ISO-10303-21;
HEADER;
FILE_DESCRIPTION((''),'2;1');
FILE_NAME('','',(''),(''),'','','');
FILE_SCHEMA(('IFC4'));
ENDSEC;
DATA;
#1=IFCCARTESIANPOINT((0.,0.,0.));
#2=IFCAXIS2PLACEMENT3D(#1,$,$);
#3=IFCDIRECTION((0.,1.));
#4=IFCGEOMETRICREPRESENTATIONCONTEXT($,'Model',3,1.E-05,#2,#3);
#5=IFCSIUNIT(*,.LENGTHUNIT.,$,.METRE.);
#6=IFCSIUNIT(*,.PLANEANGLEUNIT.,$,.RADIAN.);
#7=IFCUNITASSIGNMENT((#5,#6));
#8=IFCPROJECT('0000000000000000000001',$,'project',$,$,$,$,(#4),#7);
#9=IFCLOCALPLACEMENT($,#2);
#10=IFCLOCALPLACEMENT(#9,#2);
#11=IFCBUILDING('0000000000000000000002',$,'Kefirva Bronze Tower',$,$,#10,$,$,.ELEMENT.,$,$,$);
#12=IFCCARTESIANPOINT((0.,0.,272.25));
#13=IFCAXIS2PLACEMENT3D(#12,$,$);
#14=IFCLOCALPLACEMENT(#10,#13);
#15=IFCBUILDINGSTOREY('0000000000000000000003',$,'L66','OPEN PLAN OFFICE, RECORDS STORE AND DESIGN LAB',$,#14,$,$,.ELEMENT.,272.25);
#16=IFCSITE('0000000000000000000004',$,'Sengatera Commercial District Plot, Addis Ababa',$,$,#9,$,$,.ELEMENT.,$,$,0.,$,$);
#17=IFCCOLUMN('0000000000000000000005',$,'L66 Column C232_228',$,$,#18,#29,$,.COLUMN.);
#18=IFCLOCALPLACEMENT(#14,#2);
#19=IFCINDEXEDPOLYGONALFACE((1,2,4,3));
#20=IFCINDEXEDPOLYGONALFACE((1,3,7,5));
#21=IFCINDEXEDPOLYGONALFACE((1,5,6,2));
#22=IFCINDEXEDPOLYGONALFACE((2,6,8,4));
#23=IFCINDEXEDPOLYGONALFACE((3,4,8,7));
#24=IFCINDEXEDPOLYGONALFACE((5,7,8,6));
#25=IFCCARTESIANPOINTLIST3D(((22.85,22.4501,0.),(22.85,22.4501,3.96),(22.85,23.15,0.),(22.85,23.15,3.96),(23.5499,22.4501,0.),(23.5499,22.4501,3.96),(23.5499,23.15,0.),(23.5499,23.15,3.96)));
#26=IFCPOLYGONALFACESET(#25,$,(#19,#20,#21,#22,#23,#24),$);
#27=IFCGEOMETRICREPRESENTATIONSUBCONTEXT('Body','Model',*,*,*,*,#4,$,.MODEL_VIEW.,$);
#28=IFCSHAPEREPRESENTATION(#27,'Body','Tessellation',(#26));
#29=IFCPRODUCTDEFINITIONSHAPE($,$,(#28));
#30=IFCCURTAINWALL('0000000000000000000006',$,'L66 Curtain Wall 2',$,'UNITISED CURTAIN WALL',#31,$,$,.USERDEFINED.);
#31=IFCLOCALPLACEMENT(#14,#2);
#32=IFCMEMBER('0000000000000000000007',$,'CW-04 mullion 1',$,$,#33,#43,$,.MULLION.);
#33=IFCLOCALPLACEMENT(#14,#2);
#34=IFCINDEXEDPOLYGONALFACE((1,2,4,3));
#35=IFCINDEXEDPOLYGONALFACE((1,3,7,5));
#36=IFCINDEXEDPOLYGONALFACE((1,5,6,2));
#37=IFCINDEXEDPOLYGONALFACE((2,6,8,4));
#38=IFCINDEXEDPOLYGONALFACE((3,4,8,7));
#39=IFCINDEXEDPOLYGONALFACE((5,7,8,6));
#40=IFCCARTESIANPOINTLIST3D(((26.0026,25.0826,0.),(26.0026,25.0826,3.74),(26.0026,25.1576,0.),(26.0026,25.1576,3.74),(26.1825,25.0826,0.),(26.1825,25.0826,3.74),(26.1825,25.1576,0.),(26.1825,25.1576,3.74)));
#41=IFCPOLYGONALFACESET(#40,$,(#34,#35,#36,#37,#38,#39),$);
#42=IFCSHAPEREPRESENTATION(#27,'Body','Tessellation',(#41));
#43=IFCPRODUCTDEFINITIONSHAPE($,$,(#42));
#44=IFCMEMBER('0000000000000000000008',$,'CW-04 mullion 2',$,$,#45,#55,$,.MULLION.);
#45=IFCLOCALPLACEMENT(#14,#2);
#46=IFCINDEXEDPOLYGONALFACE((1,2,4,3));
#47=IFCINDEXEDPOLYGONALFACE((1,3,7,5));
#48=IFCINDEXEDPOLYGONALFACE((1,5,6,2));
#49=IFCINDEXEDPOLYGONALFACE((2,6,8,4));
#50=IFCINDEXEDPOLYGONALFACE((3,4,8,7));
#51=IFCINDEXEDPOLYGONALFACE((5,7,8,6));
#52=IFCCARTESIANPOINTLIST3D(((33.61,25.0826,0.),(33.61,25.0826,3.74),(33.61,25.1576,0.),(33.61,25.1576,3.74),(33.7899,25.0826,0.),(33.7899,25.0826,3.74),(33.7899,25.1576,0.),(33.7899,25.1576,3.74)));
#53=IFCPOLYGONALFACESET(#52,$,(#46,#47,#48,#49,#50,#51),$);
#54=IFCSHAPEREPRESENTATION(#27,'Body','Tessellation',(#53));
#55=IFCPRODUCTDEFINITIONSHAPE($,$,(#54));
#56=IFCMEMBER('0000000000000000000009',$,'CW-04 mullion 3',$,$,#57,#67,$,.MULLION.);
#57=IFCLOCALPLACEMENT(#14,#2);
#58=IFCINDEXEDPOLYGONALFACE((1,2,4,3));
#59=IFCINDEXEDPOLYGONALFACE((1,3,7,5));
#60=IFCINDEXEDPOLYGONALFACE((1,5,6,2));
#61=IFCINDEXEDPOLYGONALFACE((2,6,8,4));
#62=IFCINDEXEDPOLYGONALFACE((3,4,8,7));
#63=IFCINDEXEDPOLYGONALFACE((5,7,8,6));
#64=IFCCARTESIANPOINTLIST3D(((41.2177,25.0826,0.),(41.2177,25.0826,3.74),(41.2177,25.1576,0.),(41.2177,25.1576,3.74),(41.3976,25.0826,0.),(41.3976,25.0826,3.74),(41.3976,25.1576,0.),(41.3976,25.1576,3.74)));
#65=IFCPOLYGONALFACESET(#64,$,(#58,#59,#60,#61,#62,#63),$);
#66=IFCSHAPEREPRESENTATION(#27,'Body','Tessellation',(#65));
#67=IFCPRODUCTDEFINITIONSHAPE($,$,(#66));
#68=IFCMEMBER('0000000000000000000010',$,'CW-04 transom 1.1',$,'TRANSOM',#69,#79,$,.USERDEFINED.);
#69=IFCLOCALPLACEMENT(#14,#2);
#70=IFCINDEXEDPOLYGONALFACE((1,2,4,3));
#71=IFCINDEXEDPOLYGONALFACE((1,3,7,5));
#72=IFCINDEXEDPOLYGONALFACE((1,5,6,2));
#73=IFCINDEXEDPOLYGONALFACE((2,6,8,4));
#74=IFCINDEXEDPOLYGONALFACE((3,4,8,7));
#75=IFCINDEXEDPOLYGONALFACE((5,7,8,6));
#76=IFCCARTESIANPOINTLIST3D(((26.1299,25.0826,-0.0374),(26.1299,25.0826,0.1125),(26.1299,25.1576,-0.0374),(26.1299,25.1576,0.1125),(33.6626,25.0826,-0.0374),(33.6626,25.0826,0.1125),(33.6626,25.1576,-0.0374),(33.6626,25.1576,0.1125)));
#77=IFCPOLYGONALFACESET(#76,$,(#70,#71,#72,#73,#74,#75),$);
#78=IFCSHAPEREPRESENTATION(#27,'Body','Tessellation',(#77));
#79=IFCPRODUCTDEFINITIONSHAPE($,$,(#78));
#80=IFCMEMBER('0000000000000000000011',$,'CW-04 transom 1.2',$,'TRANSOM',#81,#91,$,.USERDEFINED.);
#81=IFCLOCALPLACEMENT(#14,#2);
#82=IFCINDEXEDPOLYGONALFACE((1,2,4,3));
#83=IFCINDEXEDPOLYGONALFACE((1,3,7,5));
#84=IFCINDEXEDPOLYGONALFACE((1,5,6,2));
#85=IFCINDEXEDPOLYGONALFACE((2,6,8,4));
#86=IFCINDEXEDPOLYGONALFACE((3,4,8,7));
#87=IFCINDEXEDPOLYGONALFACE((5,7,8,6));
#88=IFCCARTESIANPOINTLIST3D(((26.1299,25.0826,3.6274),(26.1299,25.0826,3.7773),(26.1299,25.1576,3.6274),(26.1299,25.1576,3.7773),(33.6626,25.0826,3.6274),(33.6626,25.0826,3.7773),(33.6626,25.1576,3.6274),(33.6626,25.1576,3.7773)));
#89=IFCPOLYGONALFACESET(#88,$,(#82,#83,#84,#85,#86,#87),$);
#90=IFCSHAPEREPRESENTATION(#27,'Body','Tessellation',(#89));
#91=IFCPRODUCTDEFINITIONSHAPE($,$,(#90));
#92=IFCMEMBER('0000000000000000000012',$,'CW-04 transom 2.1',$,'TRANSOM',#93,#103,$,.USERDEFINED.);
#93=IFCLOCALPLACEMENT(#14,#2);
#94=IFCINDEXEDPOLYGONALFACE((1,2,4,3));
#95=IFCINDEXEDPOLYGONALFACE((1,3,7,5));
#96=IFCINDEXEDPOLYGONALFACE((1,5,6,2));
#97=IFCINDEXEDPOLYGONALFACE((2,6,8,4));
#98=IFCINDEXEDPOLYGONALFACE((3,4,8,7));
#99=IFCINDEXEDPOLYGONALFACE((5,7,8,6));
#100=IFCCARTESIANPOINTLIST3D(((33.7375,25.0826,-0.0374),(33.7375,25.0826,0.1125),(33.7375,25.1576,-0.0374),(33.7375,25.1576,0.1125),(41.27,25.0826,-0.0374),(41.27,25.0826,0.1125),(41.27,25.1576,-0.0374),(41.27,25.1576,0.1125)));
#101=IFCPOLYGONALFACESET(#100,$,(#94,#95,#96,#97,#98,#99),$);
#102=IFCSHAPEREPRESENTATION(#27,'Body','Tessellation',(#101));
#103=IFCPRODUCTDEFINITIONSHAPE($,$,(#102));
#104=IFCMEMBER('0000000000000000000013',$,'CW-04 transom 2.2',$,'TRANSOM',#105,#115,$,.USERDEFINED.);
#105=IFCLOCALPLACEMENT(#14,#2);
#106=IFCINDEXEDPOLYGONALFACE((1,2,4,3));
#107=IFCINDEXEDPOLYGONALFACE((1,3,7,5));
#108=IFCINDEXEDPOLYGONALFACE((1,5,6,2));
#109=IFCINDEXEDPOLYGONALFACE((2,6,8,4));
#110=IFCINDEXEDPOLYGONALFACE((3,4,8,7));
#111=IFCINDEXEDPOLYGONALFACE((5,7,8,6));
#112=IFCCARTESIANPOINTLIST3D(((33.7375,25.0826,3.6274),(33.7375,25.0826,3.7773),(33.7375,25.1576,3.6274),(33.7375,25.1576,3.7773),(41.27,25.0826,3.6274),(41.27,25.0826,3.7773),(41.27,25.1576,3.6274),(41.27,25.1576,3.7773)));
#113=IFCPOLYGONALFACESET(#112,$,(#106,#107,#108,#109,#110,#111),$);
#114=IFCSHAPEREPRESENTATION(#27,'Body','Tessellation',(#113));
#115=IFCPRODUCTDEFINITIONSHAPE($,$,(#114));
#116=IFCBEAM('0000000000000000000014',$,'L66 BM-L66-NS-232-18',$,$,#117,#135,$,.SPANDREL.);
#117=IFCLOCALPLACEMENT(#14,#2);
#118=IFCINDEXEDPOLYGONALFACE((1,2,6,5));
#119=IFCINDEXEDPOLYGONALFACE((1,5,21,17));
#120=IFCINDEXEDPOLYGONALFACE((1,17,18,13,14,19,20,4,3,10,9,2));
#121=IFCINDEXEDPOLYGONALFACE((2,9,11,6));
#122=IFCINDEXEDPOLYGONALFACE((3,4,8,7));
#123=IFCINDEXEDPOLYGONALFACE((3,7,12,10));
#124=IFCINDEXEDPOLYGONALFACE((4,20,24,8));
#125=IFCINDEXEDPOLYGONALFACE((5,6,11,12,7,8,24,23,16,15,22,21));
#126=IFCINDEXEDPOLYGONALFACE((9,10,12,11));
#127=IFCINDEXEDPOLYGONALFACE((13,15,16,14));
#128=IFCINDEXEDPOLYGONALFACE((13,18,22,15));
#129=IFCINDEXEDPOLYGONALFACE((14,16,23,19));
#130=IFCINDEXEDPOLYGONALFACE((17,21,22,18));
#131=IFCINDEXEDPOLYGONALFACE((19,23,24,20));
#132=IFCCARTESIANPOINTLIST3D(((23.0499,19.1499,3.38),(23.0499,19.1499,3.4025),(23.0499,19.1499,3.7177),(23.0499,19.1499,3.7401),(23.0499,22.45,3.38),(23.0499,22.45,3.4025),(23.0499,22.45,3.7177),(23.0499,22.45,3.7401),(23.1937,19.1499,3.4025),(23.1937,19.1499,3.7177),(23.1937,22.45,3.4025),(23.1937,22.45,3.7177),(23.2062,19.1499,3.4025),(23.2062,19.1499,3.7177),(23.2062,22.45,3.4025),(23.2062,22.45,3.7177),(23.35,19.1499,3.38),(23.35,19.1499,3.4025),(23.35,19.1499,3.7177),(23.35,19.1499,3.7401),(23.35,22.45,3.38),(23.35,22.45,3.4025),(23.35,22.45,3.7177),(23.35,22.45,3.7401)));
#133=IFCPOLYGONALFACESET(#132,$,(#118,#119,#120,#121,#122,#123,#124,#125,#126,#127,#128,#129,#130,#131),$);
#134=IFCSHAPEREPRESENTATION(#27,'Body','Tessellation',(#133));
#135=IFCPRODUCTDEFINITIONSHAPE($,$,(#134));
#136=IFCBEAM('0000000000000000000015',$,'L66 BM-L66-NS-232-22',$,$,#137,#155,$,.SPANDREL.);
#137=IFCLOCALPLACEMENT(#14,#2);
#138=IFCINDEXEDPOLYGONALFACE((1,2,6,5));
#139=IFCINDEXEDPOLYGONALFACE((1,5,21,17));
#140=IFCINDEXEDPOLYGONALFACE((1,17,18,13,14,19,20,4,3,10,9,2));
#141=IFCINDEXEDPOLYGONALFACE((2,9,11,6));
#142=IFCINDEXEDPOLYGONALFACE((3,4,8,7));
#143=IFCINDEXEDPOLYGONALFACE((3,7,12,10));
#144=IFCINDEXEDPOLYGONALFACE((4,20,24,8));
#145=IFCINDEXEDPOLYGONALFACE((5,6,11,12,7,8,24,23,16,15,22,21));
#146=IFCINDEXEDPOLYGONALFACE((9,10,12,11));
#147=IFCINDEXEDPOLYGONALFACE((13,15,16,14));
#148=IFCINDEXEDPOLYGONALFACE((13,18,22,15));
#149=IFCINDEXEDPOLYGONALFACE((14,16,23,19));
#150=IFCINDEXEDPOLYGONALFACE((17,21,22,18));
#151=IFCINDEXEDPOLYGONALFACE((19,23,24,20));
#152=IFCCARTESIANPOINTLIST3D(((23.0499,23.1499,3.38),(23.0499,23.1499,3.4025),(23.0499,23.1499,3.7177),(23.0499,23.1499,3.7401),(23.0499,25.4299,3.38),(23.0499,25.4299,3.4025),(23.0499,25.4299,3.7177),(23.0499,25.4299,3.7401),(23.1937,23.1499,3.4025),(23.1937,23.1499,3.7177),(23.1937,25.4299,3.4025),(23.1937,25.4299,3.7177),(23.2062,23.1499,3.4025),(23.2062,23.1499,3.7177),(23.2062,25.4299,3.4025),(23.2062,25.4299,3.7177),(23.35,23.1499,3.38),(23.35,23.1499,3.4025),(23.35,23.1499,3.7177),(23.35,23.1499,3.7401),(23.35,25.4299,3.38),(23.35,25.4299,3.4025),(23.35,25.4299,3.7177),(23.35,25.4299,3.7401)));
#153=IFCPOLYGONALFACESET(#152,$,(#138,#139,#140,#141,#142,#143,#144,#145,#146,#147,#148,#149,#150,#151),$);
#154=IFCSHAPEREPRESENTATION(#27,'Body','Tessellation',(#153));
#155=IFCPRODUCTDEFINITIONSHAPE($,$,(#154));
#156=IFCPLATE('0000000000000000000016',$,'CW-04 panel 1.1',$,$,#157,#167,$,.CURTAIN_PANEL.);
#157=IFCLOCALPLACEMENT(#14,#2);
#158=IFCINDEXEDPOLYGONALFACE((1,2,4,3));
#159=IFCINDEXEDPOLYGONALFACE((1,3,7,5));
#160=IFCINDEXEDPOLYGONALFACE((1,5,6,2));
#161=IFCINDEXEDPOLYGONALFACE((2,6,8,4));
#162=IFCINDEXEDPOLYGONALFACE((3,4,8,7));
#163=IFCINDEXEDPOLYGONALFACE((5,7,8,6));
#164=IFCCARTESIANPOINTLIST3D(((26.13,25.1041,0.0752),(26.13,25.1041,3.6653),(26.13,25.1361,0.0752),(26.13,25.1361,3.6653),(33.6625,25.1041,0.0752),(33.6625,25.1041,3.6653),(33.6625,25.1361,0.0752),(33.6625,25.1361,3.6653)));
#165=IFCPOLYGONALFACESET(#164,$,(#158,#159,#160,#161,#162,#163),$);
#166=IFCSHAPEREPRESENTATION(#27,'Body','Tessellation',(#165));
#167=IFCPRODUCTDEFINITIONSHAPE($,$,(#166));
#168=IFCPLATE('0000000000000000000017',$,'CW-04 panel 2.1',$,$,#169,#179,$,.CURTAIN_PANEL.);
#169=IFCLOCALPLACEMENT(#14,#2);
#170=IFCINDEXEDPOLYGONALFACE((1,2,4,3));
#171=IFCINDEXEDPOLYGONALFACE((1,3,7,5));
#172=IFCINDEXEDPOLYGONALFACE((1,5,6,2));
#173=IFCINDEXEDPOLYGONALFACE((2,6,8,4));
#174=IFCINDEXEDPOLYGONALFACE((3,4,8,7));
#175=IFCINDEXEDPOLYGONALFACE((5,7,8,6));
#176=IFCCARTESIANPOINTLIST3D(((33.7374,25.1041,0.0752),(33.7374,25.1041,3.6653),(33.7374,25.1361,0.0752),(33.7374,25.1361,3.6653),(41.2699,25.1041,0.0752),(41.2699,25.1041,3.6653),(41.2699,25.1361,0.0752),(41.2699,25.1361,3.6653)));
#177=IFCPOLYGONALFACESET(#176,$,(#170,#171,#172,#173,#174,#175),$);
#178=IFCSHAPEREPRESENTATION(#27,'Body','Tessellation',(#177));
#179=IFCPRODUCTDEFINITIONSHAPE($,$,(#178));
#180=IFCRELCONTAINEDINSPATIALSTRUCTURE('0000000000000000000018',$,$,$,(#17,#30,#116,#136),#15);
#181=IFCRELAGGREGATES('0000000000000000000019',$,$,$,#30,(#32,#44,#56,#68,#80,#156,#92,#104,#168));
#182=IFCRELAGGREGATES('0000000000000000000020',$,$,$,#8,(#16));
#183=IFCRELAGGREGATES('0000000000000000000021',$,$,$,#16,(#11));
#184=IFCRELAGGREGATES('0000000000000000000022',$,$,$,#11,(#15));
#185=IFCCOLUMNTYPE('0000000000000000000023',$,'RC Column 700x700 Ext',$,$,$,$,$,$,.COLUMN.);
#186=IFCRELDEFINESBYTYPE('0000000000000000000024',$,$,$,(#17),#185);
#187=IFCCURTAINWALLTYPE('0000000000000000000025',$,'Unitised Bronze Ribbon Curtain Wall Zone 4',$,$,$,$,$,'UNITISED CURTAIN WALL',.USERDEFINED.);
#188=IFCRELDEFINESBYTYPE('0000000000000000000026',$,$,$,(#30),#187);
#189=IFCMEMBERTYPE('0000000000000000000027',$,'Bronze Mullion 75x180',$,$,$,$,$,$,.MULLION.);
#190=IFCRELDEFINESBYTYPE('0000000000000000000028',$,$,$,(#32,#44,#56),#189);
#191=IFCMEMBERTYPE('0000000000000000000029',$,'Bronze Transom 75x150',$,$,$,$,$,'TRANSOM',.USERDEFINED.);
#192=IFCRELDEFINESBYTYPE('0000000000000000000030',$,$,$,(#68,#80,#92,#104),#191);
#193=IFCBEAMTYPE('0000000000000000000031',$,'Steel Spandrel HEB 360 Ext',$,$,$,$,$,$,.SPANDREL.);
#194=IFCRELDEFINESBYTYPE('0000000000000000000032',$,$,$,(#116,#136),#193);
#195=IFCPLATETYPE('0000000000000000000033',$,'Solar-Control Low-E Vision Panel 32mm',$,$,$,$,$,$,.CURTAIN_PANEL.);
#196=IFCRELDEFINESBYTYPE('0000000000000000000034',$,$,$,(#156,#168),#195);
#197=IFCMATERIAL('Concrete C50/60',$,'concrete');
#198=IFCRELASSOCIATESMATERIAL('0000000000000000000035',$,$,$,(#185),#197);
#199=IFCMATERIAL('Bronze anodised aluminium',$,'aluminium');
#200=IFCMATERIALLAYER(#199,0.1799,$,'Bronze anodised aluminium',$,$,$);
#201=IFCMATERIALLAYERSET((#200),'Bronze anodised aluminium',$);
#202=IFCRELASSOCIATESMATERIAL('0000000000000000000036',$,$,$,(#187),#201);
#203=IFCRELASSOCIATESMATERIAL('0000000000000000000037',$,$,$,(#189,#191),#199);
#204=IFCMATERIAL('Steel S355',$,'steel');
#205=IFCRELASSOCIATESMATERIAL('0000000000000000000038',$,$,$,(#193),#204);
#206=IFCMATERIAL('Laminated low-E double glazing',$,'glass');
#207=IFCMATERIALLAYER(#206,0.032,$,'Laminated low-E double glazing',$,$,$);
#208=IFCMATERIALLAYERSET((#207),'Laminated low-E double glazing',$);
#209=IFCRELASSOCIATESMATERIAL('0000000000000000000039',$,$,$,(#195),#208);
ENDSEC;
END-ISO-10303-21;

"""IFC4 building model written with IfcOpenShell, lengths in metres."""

from ifc_helpers import new_model, si_unit, direction, frame, origin, origin_2d, place, context, subcontext, project, spatial, rectangle, i_section, extrude, material, layer, layer_set, material_profile, profile_set, type_object, element, aggregate, save


model = new_model("IFC4")

# Units and contexts
model_context = context("Model", 3, precision=1e-05, world=origin(), true_north=direction((0.0, 1.0)))
body_context = subcontext(model_context, "Body", "Model", "MODEL_VIEW")
ifc_project = project(units=[si_unit("LENGTHUNIT", "METRE"), si_unit("PLANEANGLEUNIT", "RADIAN")], contexts=[model_context])

# Site, building, storey
site_placement = place(None, origin())
site = spatial("IfcSite", under=ifc_project, at=site_placement, Name="Sengatera Commercial District Plot, Addis Ababa", CompositionType="ELEMENT", RefElevation=0.0)
building_placement = place(site_placement, origin())
building = spatial("IfcBuilding", under=site, at=building_placement, Name="Kefirva Bronze Tower", CompositionType="ELEMENT")
storey_placement = place(building_placement, frame((0.0, 0.0, 272.25)))
storey = spatial("IfcBuildingStorey", under=building, at=storey_placement, Name="L66", Description="OPEN PLAN OFFICE, RECORDS STORE AND DESIGN LAB", CompositionType="ELEMENT", Elevation=272.25)

# Column
ifc_material_1 = material(Name="Concrete C50/60", Category="concrete")
ifc_material_profile_1 = material_profile(ifc_material_1, rectangle(XDim=0.7, YDim=0.7, at=origin_2d()), Name="RC 700x700")
ifc_profile_set_1 = profile_set([ifc_material_profile_1], Name="Concrete C50/60")
column_type = type_object("IfcColumnType", Name="RC Column 700x700 Ext", PredefinedType="COLUMN", material=ifc_profile_set_1)
column_placement = place(storey_placement, frame((23.2, 22.8, 0.0), z_axis=(0.0, 0.0, 1.0), x_axis=(1.0, 0.0, 0.0)))
element("IfcColumn", 1, at=column_placement, inside=storey, type_object=column_type, Name="L66 Column C232_228", PredefinedType="COLUMN", context=body_context, shape_type="SweptSolid", body=[
    extrude(rectangle(XDim=0.7, YDim=0.7, at=origin_2d()), origin(), (0.0, 0.0, 1.0), 3.96),
])

# Curtain wall, members
ifc_material_2 = material(Name="Bronze anodised aluminium", Category="aluminium")
ifc_layer_1 = layer(ifc_material_2, 0.1799, Name="Bronze anodised aluminium")
ifc_layer_set_1 = layer_set([ifc_layer_1], Name="Bronze anodised aluminium")
curtain_wall_type = type_object("IfcCurtainWallType", Name="Unitised Bronze Ribbon Curtain Wall Zone 4", ElementType="UNITISED CURTAIN WALL", PredefinedType="USERDEFINED", material=ifc_layer_set_1)
curtain_wall_placement = place(storey_placement, origin())
curtain_wall = element("IfcCurtainWall", 2, at=curtain_wall_placement, inside=storey, type_object=curtain_wall_type, Name="L66 Curtain Wall 2", ObjectType="UNITISED CURTAIN WALL", PredefinedType="USERDEFINED")
ifc_material_profile_2 = material_profile(ifc_material_2, rectangle(XDim=0.075, YDim=0.1799, at=origin_2d()), Name="ALU 75x180")
ifc_profile_set_2 = profile_set([ifc_material_profile_2], Name="Bronze anodised aluminium")
member_type_1 = type_object("IfcMemberType", Name="Bronze Mullion 75x180", PredefinedType="MULLION", material=ifc_profile_set_2)
member_1_placement = place(storey_placement, frame((26.0925, 25.1201, 0.0), z_axis=(0.0, 0.0, 1.0), x_axis=(0.0, 1.0, 0.0)))
member_1 = element("IfcMember", 3, at=member_1_placement, type_object=member_type_1, Name="CW-04 mullion 1", PredefinedType="MULLION", context=body_context, shape_type="SweptSolid", body=[
    extrude(rectangle(XDim=0.075, YDim=0.1799, at=origin_2d()), origin(), (0.0, 0.0, 1.0), 3.74),
])
member_2_placement = place(storey_placement, frame((33.7, 25.1201, 0.0), z_axis=(0.0, 0.0, 1.0), x_axis=(0.0, 1.0, 0.0)))
member_2 = element("IfcMember", 4, at=member_2_placement, type_object=member_type_1, Name="CW-04 mullion 2", PredefinedType="MULLION", context=body_context, shape_type="SweptSolid", body=[
    extrude(rectangle(XDim=0.075, YDim=0.1799, at=origin_2d()), origin(), (0.0, 0.0, 1.0), 3.74),
])
member_3_placement = place(storey_placement, frame((41.3076, 25.1201, 0.0), z_axis=(0.0, 0.0, 1.0), x_axis=(0.0, 1.0, 0.0)))
member_3 = element("IfcMember", 5, at=member_3_placement, type_object=member_type_1, Name="CW-04 mullion 3", PredefinedType="MULLION", context=body_context, shape_type="SweptSolid", body=[
    extrude(rectangle(XDim=0.075, YDim=0.1799, at=origin_2d()), origin(), (0.0, 0.0, 1.0), 3.74),
])
ifc_material_profile_3 = material_profile(ifc_material_2, rectangle(XDim=0.075, YDim=0.1499, at=origin_2d()), Name="ALU 75x150")
ifc_profile_set_3 = profile_set([ifc_material_profile_3], Name="Bronze anodised aluminium")
member_type_2 = type_object("IfcMemberType", Name="Bronze Transom 75x150", ElementType="TRANSOM", PredefinedType="USERDEFINED", material=ifc_profile_set_3)
member_4_placement = place(storey_placement, frame((26.1299, 25.1201, 0.0376), z_axis=(1.0, 0.0, 0.0), x_axis=(0.0, 1.0, 0.0)))
member_4 = element("IfcMember", 6, at=member_4_placement, type_object=member_type_2, Name="CW-04 transom 1.1", ObjectType="TRANSOM", PredefinedType="USERDEFINED", context=body_context, shape_type="SweptSolid", body=[
    extrude(rectangle(XDim=0.075, YDim=0.1499, at=origin_2d()), origin(), (0.0, 0.0, 1.0), 7.5327),
])
member_5_placement = place(storey_placement, frame((26.1299, 25.1201, 3.7024), z_axis=(1.0, 0.0, 0.0), x_axis=(0.0, 1.0, 0.0)))
member_5 = element("IfcMember", 7, at=member_5_placement, type_object=member_type_2, Name="CW-04 transom 1.2", ObjectType="TRANSOM", PredefinedType="USERDEFINED", context=body_context, shape_type="SweptSolid", body=[
    extrude(rectangle(XDim=0.075, YDim=0.1499, at=origin_2d()), origin(), (0.0, 0.0, 1.0), 7.5327),
])
member_6_placement = place(storey_placement, frame((33.7375, 25.1201, 0.0376), z_axis=(1.0, 0.0, 0.0), x_axis=(0.0, 1.0, 0.0)))
member_6 = element("IfcMember", 8, at=member_6_placement, type_object=member_type_2, Name="CW-04 transom 2.1", ObjectType="TRANSOM", PredefinedType="USERDEFINED", context=body_context, shape_type="SweptSolid", body=[
    extrude(rectangle(XDim=0.075, YDim=0.1499, at=origin_2d()), origin(), (0.0, 0.0, 1.0), 7.5325),
])
member_7_placement = place(storey_placement, frame((33.7375, 25.1201, 3.7024), z_axis=(1.0, 0.0, 0.0), x_axis=(0.0, 1.0, 0.0)))
member_7 = element("IfcMember", 9, at=member_7_placement, type_object=member_type_2, Name="CW-04 transom 2.2", ObjectType="TRANSOM", PredefinedType="USERDEFINED", context=body_context, shape_type="SweptSolid", body=[
    extrude(rectangle(XDim=0.075, YDim=0.1499, at=origin_2d()), origin(), (0.0, 0.0, 1.0), 7.5325),
])

# Beams
ifc_material_3 = material(Name="Steel S355", Category="steel")
ifc_material_profile_4 = material_profile(ifc_material_3, i_section(OverallWidth=0.3, OverallDepth=0.3601, WebThickness=0.0125, FlangeThickness=0.0225, at=origin_2d()), Name="HEB 360")
ifc_profile_set_4 = profile_set([ifc_material_profile_4], Name="Steel S355")
beam_type = type_object("IfcBeamType", Name="Steel Spandrel HEB 360 Ext", PredefinedType="SPANDREL", material=ifc_profile_set_4)
beam_1_placement = place(storey_placement, frame((23.2, 19.1499, 3.5601), z_axis=(0.0, 1.0, 0.0), x_axis=(-1.0, 0.0, 0.0)))
element("IfcBeam", 10, at=beam_1_placement, inside=storey, type_object=beam_type, Name="L66 BM-L66-NS-232-18", PredefinedType="SPANDREL", context=body_context, shape_type="SweptSolid", body=[
    extrude(i_section(OverallWidth=0.3, OverallDepth=0.3601, WebThickness=0.0125, FlangeThickness=0.0225, at=origin_2d()), origin(), (0.0, 0.0, 1.0), 3.3),
])
beam_2_placement = place(storey_placement, frame((23.2, 23.1499, 3.5601), z_axis=(0.0, 1.0, 0.0), x_axis=(-1.0, 0.0, 0.0)))
element("IfcBeam", 11, at=beam_2_placement, inside=storey, type_object=beam_type, Name="L66 BM-L66-NS-232-22", PredefinedType="SPANDREL", context=body_context, shape_type="SweptSolid", body=[
    extrude(i_section(OverallWidth=0.3, OverallDepth=0.3601, WebThickness=0.0125, FlangeThickness=0.0225, at=origin_2d()), origin(), (0.0, 0.0, 1.0), 2.28),
])

# Plates
ifc_material_4 = material(Name="Laminated low-E double glazing", Category="glass")
ifc_layer_2 = layer(ifc_material_4, 0.032, Name="Laminated low-E double glazing")
ifc_layer_set_2 = layer_set([ifc_layer_2], Name="Laminated low-E double glazing")
plate_type = type_object("IfcPlateType", Name="Solar-Control Low-E Vision Panel 32mm", PredefinedType="CURTAIN_PANEL", material=ifc_layer_set_2)
plate_1_placement = place(storey_placement, frame((29.8962, 25.1201, 0.0752), z_axis=(0.0, 0.0, 1.0), x_axis=(1.0, 0.0, 0.0)))
plate_1 = element("IfcPlate", 12, at=plate_1_placement, type_object=plate_type, Name="CW-04 panel 1.1", PredefinedType="CURTAIN_PANEL", context=body_context, shape_type="SweptSolid", body=[
    extrude(rectangle(XDim=7.5325, YDim=0.032, at=origin_2d()), origin(), (0.0, 0.0, 1.0), 3.5901),
])
plate_2_placement = place(storey_placement, frame((37.5037, 25.1201, 0.0752), z_axis=(0.0, 0.0, 1.0), x_axis=(1.0, 0.0, 0.0)))
plate_2 = element("IfcPlate", 13, at=plate_2_placement, type_object=plate_type, Name="CW-04 panel 2.1", PredefinedType="CURTAIN_PANEL", context=body_context, shape_type="SweptSolid", body=[
    extrude(rectangle(XDim=7.5325, YDim=0.032, at=origin_2d()), origin(), (0.0, 0.0, 1.0), 3.5901),
])
aggregate(curtain_wall, [member_1, member_2, member_3, member_4, member_5, plate_1, member_6, member_7, plate_2])

save(model, "model.ifc")
